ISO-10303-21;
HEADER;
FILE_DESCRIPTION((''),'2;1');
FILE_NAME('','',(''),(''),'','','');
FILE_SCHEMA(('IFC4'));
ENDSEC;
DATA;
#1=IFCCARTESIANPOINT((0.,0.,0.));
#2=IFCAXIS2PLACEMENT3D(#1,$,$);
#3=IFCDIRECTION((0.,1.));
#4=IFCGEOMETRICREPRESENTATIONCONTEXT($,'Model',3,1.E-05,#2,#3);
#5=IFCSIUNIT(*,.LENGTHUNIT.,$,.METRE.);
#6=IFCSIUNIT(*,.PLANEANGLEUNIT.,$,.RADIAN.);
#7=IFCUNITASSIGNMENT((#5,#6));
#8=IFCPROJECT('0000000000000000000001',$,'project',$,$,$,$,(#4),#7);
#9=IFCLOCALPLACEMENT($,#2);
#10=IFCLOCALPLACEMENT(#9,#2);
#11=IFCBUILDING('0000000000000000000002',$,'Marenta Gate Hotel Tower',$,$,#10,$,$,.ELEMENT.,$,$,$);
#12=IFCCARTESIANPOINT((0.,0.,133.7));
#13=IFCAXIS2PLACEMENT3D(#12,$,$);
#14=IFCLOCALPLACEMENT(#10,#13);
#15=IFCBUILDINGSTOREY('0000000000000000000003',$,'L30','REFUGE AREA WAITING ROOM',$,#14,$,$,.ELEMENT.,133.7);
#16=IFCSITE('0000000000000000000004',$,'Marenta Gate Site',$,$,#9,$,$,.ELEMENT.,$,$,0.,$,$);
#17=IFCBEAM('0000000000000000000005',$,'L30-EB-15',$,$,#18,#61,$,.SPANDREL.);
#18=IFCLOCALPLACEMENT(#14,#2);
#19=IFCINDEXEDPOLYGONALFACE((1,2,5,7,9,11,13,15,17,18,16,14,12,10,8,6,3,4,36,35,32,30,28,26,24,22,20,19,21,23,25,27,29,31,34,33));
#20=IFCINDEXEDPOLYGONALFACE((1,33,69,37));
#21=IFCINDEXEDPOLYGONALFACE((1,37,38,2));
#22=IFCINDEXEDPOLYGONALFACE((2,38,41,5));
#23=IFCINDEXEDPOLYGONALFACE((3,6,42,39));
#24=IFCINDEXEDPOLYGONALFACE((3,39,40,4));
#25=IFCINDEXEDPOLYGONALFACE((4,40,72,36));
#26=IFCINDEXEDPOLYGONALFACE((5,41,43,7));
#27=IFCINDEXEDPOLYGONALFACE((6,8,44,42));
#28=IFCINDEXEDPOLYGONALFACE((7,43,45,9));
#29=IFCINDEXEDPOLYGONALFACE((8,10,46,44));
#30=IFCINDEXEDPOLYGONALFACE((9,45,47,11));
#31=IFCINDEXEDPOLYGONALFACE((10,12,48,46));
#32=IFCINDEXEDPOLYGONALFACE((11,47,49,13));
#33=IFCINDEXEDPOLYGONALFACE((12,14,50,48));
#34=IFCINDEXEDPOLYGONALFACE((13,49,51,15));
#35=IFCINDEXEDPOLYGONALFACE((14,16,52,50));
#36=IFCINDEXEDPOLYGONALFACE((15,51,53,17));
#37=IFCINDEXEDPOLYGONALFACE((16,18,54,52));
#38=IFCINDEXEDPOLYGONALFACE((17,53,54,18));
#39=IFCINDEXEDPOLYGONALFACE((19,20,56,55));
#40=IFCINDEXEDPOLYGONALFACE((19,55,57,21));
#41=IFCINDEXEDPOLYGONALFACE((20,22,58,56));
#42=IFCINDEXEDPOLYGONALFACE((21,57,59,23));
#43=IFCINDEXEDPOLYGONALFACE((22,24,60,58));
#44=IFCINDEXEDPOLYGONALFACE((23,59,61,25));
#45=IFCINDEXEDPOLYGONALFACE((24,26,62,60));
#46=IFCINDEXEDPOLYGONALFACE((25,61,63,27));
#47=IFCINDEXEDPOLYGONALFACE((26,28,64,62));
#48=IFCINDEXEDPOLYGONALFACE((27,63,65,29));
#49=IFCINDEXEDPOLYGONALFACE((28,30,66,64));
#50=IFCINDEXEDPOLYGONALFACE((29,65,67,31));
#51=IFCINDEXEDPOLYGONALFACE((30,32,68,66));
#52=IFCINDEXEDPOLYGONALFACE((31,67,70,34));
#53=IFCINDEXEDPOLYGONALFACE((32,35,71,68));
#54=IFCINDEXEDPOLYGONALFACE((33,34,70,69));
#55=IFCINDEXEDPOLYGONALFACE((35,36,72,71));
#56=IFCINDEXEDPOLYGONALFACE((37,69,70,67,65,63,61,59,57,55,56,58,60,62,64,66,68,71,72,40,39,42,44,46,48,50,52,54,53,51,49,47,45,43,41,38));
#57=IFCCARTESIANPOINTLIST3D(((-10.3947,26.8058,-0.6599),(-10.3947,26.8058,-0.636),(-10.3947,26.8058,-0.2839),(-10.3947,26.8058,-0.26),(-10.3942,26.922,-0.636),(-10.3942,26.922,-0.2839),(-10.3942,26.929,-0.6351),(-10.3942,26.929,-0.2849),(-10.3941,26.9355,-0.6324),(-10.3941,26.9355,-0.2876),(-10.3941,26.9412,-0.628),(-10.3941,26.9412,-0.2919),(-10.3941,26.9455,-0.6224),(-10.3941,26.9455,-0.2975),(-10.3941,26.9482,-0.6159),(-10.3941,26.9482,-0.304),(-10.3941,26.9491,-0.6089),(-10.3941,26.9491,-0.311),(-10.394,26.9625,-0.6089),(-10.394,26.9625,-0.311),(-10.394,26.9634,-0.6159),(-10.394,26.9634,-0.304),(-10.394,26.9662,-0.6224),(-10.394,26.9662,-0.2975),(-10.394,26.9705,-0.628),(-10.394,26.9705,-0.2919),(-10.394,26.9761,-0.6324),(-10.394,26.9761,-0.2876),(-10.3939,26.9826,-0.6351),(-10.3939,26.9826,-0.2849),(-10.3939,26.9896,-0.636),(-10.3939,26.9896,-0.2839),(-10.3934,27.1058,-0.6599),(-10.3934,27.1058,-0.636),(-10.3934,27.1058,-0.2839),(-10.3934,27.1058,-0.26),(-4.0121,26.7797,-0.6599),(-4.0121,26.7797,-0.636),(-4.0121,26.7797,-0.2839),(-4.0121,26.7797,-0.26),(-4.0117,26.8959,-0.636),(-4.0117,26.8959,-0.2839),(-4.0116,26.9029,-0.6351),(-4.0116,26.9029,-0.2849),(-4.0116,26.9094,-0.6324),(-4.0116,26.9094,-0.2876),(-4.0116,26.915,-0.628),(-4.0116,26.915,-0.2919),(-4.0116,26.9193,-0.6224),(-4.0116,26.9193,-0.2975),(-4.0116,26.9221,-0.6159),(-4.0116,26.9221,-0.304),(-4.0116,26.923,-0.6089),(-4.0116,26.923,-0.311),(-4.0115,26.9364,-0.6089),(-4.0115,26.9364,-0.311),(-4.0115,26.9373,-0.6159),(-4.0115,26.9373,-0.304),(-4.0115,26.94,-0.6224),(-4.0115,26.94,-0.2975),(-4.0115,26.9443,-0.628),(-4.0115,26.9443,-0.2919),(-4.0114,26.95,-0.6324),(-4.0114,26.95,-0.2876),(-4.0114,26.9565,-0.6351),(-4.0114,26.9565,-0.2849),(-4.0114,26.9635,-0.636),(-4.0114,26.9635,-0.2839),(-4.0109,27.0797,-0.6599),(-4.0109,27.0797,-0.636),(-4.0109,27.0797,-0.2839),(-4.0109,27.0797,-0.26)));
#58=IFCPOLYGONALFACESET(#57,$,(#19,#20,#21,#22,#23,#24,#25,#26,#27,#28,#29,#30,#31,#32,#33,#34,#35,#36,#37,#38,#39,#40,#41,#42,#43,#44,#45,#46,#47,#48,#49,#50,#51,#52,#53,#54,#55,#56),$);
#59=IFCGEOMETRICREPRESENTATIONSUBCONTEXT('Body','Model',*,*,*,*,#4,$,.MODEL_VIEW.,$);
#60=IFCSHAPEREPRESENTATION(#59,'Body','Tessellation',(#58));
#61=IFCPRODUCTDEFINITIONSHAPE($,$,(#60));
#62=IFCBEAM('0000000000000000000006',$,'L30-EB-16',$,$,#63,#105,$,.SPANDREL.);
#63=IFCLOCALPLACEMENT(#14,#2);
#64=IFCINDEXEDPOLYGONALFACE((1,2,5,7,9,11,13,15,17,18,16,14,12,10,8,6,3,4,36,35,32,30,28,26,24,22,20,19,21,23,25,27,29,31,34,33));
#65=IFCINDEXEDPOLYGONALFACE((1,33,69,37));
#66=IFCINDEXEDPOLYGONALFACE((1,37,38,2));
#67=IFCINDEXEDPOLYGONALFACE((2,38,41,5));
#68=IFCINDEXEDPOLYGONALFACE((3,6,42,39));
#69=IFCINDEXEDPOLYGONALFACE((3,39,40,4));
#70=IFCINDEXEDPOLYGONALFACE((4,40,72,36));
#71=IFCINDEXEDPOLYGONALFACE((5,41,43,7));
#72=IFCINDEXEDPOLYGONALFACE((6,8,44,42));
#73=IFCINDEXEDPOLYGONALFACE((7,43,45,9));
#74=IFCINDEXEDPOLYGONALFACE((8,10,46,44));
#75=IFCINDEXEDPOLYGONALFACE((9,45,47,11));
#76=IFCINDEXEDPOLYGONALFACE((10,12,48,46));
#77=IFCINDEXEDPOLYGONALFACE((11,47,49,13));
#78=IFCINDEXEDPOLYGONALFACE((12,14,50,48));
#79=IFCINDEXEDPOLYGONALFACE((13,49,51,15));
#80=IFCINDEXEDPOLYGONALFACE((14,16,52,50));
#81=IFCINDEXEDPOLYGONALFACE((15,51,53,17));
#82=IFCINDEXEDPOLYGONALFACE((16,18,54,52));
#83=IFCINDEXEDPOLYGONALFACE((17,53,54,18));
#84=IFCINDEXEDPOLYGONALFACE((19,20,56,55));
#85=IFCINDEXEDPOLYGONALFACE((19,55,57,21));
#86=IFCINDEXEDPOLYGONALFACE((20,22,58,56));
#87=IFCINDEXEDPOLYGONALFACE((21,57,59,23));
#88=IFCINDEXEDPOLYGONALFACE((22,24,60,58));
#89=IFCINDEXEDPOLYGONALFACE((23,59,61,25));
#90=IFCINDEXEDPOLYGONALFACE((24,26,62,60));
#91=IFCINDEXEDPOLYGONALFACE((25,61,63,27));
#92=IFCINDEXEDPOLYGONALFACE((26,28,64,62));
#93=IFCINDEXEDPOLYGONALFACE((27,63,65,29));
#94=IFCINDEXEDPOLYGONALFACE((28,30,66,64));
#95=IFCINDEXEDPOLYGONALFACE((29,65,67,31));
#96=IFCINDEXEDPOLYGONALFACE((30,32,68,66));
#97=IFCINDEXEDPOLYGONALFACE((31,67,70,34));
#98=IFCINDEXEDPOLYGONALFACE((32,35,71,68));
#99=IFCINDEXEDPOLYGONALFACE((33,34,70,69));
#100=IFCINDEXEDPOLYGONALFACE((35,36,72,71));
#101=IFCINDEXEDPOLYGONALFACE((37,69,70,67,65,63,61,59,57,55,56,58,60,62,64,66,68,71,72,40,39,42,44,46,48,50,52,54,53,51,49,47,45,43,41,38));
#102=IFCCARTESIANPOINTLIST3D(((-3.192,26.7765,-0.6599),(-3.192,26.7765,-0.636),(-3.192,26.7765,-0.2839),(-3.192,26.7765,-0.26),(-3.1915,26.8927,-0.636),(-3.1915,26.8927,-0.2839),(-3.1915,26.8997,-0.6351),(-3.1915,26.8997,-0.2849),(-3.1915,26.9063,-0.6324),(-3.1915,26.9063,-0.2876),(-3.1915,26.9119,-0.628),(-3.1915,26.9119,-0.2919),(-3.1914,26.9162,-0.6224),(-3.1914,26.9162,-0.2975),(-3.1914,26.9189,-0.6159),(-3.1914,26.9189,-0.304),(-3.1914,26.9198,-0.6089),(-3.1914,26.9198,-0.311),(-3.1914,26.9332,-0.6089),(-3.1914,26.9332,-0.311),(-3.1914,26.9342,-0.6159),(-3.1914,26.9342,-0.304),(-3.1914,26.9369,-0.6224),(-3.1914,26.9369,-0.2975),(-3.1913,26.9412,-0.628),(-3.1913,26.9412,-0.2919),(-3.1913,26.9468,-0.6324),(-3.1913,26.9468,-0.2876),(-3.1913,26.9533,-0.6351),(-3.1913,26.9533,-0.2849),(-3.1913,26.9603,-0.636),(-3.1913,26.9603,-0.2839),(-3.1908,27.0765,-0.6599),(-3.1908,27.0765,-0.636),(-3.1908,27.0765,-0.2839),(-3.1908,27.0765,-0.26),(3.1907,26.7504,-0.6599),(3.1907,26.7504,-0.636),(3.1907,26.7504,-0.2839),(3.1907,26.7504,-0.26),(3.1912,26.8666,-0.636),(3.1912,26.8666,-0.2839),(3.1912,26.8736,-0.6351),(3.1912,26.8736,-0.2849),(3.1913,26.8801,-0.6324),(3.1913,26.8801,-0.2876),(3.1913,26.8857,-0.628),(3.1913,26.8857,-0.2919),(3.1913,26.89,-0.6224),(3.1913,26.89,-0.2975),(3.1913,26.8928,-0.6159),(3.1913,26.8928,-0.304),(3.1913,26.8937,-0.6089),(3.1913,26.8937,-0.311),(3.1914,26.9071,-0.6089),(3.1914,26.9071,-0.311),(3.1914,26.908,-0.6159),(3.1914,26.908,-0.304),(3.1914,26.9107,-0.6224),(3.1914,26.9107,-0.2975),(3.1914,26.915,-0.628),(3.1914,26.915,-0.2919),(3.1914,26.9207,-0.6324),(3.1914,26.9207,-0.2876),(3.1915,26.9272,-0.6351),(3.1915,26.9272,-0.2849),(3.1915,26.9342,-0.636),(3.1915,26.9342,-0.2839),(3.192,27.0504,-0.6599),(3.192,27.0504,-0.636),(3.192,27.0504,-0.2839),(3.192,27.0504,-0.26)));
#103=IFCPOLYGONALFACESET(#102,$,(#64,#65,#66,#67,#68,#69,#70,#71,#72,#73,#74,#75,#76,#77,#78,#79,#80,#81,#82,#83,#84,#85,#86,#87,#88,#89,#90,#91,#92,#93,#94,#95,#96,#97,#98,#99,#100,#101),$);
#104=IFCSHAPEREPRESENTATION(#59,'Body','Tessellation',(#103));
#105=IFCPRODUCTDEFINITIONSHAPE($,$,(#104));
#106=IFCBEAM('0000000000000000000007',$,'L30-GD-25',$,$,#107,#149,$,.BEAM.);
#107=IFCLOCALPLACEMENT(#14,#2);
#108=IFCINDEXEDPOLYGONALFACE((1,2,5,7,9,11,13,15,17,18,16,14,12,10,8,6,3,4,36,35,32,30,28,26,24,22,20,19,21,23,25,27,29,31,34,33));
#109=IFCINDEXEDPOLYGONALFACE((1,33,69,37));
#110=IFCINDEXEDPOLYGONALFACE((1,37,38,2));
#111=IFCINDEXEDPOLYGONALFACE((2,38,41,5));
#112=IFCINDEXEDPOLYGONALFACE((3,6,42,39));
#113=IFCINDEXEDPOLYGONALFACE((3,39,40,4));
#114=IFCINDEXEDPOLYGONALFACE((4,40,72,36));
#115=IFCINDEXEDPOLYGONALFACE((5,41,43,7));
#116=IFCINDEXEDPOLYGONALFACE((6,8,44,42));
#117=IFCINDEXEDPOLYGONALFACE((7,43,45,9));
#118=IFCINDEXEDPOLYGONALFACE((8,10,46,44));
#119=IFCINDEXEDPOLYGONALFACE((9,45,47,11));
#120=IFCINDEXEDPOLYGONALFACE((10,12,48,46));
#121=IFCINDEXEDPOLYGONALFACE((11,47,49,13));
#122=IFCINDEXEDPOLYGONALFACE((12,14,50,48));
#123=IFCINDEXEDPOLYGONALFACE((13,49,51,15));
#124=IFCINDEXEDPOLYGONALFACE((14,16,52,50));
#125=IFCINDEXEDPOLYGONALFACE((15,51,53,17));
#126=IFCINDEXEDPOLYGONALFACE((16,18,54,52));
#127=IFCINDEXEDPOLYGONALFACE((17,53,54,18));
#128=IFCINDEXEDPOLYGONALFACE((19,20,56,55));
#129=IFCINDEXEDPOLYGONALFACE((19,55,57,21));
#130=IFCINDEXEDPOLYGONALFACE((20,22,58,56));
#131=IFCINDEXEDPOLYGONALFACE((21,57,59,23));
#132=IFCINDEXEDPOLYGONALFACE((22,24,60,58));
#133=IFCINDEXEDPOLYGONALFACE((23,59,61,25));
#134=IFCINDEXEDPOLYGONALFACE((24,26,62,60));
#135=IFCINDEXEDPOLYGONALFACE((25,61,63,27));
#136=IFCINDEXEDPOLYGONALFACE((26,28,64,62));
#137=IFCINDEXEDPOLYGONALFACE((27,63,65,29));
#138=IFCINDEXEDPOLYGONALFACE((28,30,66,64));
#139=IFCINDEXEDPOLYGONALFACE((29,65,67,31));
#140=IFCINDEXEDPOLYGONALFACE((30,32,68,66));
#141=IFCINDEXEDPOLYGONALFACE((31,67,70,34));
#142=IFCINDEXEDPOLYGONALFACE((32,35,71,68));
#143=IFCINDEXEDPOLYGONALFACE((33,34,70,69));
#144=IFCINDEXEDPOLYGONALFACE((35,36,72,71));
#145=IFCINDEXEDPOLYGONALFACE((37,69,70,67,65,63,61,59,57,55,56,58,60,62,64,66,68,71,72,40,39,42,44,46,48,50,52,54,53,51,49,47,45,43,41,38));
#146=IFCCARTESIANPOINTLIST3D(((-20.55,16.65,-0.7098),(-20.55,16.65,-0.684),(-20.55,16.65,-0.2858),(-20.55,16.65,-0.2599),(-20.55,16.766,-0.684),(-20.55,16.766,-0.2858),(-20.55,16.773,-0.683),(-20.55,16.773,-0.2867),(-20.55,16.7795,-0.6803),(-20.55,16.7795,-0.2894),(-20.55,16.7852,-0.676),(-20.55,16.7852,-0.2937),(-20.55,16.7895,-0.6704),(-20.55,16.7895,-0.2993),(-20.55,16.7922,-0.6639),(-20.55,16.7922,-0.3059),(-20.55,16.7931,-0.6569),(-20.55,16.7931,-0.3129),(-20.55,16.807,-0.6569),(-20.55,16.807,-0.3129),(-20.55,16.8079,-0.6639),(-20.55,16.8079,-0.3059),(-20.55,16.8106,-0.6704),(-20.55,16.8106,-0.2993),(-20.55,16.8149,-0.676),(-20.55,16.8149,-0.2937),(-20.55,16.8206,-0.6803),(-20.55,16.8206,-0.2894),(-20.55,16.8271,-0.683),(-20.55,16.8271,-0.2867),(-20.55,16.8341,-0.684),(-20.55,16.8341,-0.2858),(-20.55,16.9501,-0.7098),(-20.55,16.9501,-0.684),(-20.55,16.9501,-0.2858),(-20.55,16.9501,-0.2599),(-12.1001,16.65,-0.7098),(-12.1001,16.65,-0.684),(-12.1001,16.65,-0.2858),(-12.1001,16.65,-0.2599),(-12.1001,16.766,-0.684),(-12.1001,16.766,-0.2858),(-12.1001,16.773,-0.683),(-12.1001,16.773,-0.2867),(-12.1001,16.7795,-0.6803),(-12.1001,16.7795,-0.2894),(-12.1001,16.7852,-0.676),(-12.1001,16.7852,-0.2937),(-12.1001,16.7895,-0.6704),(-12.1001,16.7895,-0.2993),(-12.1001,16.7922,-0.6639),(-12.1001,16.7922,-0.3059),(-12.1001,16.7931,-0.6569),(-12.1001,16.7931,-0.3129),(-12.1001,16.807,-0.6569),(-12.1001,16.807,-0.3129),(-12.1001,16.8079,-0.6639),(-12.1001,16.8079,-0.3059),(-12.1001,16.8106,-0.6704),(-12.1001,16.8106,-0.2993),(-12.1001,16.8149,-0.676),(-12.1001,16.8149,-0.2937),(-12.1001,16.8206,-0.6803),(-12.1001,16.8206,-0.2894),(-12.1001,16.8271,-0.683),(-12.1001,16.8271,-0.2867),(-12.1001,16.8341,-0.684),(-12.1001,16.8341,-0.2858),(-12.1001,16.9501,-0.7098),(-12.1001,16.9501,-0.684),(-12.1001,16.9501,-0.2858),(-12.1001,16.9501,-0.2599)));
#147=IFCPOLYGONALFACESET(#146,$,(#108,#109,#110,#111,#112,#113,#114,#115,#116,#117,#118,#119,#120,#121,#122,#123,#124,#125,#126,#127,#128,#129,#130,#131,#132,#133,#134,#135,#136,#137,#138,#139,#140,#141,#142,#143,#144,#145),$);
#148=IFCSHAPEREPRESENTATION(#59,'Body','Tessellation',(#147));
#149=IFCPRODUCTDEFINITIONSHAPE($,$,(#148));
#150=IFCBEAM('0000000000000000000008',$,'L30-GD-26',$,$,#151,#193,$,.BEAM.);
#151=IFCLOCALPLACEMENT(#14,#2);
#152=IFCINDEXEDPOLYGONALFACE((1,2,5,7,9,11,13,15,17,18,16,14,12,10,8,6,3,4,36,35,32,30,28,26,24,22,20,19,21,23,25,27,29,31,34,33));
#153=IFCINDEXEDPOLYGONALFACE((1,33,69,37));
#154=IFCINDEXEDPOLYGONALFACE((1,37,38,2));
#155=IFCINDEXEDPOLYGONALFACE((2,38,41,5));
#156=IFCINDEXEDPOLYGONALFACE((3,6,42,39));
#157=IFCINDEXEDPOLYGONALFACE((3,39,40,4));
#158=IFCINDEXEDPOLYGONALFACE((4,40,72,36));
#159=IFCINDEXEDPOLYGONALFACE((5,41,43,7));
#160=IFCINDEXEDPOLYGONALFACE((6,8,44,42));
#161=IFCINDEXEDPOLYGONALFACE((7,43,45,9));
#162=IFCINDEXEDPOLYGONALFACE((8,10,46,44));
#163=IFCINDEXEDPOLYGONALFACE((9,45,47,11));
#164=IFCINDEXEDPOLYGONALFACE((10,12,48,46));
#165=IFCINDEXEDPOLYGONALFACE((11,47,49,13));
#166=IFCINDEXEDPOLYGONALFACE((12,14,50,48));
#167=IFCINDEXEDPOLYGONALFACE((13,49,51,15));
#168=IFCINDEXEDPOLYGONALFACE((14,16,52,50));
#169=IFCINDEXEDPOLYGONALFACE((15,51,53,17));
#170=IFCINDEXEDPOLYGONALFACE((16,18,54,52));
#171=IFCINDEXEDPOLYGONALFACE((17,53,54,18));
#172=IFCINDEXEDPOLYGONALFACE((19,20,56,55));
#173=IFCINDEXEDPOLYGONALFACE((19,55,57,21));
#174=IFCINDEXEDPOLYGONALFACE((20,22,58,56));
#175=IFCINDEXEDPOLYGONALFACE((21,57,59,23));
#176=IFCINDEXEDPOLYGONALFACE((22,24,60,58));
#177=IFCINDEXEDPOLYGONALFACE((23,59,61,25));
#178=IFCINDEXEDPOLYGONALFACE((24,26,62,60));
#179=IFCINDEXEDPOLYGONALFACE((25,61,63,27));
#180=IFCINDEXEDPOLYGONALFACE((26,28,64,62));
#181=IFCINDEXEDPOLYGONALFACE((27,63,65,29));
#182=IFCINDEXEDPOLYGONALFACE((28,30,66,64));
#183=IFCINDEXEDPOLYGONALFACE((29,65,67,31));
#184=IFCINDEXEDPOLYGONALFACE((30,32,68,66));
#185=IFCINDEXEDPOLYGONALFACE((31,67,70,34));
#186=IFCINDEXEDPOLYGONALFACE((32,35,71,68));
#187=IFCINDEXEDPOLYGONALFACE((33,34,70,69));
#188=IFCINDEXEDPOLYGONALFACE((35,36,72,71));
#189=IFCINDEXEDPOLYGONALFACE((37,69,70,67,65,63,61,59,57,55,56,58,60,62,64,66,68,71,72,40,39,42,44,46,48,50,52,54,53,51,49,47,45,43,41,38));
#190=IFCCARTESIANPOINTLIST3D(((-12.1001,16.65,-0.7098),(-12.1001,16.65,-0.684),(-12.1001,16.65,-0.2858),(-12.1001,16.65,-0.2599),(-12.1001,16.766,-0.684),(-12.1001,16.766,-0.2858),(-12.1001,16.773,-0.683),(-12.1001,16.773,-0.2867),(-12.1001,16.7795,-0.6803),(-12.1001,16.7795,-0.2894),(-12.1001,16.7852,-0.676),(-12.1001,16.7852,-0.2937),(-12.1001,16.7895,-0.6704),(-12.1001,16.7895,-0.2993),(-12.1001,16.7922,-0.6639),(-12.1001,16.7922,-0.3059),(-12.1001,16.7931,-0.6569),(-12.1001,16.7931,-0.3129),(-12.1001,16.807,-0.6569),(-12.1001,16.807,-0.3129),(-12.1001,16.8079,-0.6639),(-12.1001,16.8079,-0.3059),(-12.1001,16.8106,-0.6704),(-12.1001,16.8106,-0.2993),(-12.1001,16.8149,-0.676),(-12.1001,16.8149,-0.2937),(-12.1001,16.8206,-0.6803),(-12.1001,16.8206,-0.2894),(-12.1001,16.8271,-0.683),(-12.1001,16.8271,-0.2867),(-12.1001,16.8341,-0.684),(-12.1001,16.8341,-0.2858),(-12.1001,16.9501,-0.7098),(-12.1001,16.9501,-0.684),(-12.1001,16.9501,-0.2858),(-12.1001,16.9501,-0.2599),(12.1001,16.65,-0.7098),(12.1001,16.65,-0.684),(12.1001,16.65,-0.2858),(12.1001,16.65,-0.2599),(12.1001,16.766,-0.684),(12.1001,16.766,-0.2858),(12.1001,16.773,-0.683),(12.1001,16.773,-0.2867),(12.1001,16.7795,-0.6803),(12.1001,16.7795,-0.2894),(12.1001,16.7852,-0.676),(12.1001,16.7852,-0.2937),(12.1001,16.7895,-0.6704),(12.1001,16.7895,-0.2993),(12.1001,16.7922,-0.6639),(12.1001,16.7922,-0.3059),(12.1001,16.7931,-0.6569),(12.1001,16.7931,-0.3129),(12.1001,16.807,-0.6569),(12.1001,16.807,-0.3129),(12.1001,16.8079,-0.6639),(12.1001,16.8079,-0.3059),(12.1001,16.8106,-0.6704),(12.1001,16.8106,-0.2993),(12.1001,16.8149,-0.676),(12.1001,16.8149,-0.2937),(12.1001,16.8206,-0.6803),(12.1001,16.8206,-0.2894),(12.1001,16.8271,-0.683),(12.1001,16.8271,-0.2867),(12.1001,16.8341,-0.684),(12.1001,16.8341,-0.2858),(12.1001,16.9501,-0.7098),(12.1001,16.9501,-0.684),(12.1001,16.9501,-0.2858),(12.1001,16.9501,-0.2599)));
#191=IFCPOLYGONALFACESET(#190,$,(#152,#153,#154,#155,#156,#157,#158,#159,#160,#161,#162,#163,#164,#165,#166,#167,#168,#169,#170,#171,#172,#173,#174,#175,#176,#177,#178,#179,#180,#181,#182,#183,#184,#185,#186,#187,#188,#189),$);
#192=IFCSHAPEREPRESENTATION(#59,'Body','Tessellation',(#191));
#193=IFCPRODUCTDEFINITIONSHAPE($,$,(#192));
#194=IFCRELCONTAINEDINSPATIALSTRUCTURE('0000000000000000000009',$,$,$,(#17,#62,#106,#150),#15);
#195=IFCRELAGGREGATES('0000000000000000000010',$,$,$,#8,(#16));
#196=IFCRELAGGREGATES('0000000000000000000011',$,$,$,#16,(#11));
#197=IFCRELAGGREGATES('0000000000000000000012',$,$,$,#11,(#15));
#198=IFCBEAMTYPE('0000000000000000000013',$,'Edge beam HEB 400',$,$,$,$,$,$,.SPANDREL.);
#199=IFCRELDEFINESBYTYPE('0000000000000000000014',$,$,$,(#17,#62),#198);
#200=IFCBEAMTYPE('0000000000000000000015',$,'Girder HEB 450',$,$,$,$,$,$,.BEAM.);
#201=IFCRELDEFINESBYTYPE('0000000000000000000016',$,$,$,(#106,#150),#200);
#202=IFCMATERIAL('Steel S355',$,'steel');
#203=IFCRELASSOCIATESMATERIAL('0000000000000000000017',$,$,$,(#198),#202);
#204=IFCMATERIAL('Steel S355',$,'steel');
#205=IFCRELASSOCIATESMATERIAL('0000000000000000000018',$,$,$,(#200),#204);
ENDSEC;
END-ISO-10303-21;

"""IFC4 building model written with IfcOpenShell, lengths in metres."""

from ifc_helpers import new_model, si_unit, direction, frame, origin, origin_2d, place, context, subcontext, project, spatial, i_section, extrude, material, material_profile, profile_set, type_object, element, save


model = new_model("IFC4")

# Units and contexts
model_context = context("Model", 3, precision=1e-05, world=origin(), true_north=direction((0.0, 1.0)))
body_context = subcontext(model_context, "Body", "Model", "MODEL_VIEW")
ifc_project = project(units=[si_unit("LENGTHUNIT", "METRE"), si_unit("PLANEANGLEUNIT", "RADIAN")], contexts=[model_context])

# Site, building, storey
site_placement = place(None, origin())
site = spatial("IfcSite", under=ifc_project, at=site_placement, Name="Marenta Gate Site", CompositionType="ELEMENT", RefElevation=0.0)
building_placement = place(site_placement, origin())
building = spatial("IfcBuilding", under=site, at=building_placement, Name="Marenta Gate Hotel Tower", CompositionType="ELEMENT")
storey_placement = place(building_placement, frame((0.0, 0.0, 133.7)))
storey = spatial("IfcBuildingStorey", under=building, at=storey_placement, Name="L30", Description="REFUGE AREA WAITING ROOM", CompositionType="ELEMENT", Elevation=133.7)

# Beams
ifc_material_1 = material(Name="Steel S355", Category="steel")
ifc_material_profile_1 = material_profile(ifc_material_1, i_section(OverallWidth=0.3, OverallDepth=0.3999, WebThickness=0.0134, FlangeThickness=0.0239, FilletRadius=0.0271, at=origin_2d()), Name="HEB 400")
ifc_profile_set_1 = profile_set([ifc_material_profile_1], Name="Steel S355")
beam_type_1 = type_object("IfcBeamType", Name="Edge beam HEB 400", PredefinedType="SPANDREL", material=ifc_profile_set_1)
beam_1_placement = place(storey_placement, frame((-10.394, 26.9558, -0.46), z_axis=(0.999992, -0.004093, 0.0), x_axis=(0.004093, 0.999992, 0.0)))
element("IfcBeam", 1, at=beam_1_placement, inside=storey, type_object=beam_type_1, Name="L30-EB-15", PredefinedType="SPANDREL", context=body_context, shape_type="SweptSolid", body=[
    extrude(i_section(OverallWidth=0.3, OverallDepth=0.3999, WebThickness=0.0134, FlangeThickness=0.0239, FilletRadius=0.0271, at=origin_2d()), origin(), (0.0, 0.0, 1.0), 6.3826),
])
beam_2_placement = place(storey_placement, frame((-3.1914, 26.9265, -0.46), z_axis=(0.999992, -0.004093, 0.0), x_axis=(0.004093, 0.999992, 0.0)))
element("IfcBeam", 2, at=beam_2_placement, inside=storey, type_object=beam_type_1, Name="L30-EB-16", PredefinedType="SPANDREL", context=body_context, shape_type="SweptSolid", body=[
    extrude(i_section(OverallWidth=0.3, OverallDepth=0.3999, WebThickness=0.0134, FlangeThickness=0.0239, FilletRadius=0.0271, at=origin_2d()), origin(), (0.0, 0.0, 1.0), 6.3828),
])
ifc_material_2 = material(Name="Steel S355", Category="steel")
ifc_material_profile_2 = material_profile(ifc_material_2, i_section(OverallWidth=0.3, OverallDepth=0.45, WebThickness=0.0139, FlangeThickness=0.0259, FilletRadius=0.0271, at=origin_2d()), Name="HEB 450")
ifc_profile_set_2 = profile_set([ifc_material_profile_2], Name="Steel S355")
beam_type_2 = type_object("IfcBeamType", Name="Girder HEB 450", PredefinedType="BEAM", material=ifc_profile_set_2)
beam_3_placement = place(storey_placement, frame((-20.55, 16.8, -0.4849), z_axis=(1.0, 0.0, 0.0), x_axis=(0.0, 1.0, 0.0)))
element("IfcBeam", 3, at=beam_3_placement, inside=storey, type_object=beam_type_2, Name="L30-GD-25", PredefinedType="BEAM", context=body_context, shape_type="SweptSolid", body=[
    extrude(i_section(OverallWidth=0.3, OverallDepth=0.45, WebThickness=0.0139, FlangeThickness=0.0259, FilletRadius=0.0271, at=origin_2d()), origin(), (0.0, 0.0, 1.0), 8.45),
])
beam_4_placement = place(storey_placement, frame((-12.1001, 16.8, -0.4849), z_axis=(1.0, 0.0, 0.0), x_axis=(0.0, 1.0, 0.0)))
element("IfcBeam", 4, at=beam_4_placement, inside=storey, type_object=beam_type_2, Name="L30-GD-26", PredefinedType="BEAM", context=body_context, shape_type="SweptSolid", body=[
    extrude(i_section(OverallWidth=0.3, OverallDepth=0.45, WebThickness=0.0139, FlangeThickness=0.0259, FilletRadius=0.0271, at=origin_2d()), origin(), (0.0, 0.0, 1.0), 24.2002),
])

save(model, "model.ifc")
